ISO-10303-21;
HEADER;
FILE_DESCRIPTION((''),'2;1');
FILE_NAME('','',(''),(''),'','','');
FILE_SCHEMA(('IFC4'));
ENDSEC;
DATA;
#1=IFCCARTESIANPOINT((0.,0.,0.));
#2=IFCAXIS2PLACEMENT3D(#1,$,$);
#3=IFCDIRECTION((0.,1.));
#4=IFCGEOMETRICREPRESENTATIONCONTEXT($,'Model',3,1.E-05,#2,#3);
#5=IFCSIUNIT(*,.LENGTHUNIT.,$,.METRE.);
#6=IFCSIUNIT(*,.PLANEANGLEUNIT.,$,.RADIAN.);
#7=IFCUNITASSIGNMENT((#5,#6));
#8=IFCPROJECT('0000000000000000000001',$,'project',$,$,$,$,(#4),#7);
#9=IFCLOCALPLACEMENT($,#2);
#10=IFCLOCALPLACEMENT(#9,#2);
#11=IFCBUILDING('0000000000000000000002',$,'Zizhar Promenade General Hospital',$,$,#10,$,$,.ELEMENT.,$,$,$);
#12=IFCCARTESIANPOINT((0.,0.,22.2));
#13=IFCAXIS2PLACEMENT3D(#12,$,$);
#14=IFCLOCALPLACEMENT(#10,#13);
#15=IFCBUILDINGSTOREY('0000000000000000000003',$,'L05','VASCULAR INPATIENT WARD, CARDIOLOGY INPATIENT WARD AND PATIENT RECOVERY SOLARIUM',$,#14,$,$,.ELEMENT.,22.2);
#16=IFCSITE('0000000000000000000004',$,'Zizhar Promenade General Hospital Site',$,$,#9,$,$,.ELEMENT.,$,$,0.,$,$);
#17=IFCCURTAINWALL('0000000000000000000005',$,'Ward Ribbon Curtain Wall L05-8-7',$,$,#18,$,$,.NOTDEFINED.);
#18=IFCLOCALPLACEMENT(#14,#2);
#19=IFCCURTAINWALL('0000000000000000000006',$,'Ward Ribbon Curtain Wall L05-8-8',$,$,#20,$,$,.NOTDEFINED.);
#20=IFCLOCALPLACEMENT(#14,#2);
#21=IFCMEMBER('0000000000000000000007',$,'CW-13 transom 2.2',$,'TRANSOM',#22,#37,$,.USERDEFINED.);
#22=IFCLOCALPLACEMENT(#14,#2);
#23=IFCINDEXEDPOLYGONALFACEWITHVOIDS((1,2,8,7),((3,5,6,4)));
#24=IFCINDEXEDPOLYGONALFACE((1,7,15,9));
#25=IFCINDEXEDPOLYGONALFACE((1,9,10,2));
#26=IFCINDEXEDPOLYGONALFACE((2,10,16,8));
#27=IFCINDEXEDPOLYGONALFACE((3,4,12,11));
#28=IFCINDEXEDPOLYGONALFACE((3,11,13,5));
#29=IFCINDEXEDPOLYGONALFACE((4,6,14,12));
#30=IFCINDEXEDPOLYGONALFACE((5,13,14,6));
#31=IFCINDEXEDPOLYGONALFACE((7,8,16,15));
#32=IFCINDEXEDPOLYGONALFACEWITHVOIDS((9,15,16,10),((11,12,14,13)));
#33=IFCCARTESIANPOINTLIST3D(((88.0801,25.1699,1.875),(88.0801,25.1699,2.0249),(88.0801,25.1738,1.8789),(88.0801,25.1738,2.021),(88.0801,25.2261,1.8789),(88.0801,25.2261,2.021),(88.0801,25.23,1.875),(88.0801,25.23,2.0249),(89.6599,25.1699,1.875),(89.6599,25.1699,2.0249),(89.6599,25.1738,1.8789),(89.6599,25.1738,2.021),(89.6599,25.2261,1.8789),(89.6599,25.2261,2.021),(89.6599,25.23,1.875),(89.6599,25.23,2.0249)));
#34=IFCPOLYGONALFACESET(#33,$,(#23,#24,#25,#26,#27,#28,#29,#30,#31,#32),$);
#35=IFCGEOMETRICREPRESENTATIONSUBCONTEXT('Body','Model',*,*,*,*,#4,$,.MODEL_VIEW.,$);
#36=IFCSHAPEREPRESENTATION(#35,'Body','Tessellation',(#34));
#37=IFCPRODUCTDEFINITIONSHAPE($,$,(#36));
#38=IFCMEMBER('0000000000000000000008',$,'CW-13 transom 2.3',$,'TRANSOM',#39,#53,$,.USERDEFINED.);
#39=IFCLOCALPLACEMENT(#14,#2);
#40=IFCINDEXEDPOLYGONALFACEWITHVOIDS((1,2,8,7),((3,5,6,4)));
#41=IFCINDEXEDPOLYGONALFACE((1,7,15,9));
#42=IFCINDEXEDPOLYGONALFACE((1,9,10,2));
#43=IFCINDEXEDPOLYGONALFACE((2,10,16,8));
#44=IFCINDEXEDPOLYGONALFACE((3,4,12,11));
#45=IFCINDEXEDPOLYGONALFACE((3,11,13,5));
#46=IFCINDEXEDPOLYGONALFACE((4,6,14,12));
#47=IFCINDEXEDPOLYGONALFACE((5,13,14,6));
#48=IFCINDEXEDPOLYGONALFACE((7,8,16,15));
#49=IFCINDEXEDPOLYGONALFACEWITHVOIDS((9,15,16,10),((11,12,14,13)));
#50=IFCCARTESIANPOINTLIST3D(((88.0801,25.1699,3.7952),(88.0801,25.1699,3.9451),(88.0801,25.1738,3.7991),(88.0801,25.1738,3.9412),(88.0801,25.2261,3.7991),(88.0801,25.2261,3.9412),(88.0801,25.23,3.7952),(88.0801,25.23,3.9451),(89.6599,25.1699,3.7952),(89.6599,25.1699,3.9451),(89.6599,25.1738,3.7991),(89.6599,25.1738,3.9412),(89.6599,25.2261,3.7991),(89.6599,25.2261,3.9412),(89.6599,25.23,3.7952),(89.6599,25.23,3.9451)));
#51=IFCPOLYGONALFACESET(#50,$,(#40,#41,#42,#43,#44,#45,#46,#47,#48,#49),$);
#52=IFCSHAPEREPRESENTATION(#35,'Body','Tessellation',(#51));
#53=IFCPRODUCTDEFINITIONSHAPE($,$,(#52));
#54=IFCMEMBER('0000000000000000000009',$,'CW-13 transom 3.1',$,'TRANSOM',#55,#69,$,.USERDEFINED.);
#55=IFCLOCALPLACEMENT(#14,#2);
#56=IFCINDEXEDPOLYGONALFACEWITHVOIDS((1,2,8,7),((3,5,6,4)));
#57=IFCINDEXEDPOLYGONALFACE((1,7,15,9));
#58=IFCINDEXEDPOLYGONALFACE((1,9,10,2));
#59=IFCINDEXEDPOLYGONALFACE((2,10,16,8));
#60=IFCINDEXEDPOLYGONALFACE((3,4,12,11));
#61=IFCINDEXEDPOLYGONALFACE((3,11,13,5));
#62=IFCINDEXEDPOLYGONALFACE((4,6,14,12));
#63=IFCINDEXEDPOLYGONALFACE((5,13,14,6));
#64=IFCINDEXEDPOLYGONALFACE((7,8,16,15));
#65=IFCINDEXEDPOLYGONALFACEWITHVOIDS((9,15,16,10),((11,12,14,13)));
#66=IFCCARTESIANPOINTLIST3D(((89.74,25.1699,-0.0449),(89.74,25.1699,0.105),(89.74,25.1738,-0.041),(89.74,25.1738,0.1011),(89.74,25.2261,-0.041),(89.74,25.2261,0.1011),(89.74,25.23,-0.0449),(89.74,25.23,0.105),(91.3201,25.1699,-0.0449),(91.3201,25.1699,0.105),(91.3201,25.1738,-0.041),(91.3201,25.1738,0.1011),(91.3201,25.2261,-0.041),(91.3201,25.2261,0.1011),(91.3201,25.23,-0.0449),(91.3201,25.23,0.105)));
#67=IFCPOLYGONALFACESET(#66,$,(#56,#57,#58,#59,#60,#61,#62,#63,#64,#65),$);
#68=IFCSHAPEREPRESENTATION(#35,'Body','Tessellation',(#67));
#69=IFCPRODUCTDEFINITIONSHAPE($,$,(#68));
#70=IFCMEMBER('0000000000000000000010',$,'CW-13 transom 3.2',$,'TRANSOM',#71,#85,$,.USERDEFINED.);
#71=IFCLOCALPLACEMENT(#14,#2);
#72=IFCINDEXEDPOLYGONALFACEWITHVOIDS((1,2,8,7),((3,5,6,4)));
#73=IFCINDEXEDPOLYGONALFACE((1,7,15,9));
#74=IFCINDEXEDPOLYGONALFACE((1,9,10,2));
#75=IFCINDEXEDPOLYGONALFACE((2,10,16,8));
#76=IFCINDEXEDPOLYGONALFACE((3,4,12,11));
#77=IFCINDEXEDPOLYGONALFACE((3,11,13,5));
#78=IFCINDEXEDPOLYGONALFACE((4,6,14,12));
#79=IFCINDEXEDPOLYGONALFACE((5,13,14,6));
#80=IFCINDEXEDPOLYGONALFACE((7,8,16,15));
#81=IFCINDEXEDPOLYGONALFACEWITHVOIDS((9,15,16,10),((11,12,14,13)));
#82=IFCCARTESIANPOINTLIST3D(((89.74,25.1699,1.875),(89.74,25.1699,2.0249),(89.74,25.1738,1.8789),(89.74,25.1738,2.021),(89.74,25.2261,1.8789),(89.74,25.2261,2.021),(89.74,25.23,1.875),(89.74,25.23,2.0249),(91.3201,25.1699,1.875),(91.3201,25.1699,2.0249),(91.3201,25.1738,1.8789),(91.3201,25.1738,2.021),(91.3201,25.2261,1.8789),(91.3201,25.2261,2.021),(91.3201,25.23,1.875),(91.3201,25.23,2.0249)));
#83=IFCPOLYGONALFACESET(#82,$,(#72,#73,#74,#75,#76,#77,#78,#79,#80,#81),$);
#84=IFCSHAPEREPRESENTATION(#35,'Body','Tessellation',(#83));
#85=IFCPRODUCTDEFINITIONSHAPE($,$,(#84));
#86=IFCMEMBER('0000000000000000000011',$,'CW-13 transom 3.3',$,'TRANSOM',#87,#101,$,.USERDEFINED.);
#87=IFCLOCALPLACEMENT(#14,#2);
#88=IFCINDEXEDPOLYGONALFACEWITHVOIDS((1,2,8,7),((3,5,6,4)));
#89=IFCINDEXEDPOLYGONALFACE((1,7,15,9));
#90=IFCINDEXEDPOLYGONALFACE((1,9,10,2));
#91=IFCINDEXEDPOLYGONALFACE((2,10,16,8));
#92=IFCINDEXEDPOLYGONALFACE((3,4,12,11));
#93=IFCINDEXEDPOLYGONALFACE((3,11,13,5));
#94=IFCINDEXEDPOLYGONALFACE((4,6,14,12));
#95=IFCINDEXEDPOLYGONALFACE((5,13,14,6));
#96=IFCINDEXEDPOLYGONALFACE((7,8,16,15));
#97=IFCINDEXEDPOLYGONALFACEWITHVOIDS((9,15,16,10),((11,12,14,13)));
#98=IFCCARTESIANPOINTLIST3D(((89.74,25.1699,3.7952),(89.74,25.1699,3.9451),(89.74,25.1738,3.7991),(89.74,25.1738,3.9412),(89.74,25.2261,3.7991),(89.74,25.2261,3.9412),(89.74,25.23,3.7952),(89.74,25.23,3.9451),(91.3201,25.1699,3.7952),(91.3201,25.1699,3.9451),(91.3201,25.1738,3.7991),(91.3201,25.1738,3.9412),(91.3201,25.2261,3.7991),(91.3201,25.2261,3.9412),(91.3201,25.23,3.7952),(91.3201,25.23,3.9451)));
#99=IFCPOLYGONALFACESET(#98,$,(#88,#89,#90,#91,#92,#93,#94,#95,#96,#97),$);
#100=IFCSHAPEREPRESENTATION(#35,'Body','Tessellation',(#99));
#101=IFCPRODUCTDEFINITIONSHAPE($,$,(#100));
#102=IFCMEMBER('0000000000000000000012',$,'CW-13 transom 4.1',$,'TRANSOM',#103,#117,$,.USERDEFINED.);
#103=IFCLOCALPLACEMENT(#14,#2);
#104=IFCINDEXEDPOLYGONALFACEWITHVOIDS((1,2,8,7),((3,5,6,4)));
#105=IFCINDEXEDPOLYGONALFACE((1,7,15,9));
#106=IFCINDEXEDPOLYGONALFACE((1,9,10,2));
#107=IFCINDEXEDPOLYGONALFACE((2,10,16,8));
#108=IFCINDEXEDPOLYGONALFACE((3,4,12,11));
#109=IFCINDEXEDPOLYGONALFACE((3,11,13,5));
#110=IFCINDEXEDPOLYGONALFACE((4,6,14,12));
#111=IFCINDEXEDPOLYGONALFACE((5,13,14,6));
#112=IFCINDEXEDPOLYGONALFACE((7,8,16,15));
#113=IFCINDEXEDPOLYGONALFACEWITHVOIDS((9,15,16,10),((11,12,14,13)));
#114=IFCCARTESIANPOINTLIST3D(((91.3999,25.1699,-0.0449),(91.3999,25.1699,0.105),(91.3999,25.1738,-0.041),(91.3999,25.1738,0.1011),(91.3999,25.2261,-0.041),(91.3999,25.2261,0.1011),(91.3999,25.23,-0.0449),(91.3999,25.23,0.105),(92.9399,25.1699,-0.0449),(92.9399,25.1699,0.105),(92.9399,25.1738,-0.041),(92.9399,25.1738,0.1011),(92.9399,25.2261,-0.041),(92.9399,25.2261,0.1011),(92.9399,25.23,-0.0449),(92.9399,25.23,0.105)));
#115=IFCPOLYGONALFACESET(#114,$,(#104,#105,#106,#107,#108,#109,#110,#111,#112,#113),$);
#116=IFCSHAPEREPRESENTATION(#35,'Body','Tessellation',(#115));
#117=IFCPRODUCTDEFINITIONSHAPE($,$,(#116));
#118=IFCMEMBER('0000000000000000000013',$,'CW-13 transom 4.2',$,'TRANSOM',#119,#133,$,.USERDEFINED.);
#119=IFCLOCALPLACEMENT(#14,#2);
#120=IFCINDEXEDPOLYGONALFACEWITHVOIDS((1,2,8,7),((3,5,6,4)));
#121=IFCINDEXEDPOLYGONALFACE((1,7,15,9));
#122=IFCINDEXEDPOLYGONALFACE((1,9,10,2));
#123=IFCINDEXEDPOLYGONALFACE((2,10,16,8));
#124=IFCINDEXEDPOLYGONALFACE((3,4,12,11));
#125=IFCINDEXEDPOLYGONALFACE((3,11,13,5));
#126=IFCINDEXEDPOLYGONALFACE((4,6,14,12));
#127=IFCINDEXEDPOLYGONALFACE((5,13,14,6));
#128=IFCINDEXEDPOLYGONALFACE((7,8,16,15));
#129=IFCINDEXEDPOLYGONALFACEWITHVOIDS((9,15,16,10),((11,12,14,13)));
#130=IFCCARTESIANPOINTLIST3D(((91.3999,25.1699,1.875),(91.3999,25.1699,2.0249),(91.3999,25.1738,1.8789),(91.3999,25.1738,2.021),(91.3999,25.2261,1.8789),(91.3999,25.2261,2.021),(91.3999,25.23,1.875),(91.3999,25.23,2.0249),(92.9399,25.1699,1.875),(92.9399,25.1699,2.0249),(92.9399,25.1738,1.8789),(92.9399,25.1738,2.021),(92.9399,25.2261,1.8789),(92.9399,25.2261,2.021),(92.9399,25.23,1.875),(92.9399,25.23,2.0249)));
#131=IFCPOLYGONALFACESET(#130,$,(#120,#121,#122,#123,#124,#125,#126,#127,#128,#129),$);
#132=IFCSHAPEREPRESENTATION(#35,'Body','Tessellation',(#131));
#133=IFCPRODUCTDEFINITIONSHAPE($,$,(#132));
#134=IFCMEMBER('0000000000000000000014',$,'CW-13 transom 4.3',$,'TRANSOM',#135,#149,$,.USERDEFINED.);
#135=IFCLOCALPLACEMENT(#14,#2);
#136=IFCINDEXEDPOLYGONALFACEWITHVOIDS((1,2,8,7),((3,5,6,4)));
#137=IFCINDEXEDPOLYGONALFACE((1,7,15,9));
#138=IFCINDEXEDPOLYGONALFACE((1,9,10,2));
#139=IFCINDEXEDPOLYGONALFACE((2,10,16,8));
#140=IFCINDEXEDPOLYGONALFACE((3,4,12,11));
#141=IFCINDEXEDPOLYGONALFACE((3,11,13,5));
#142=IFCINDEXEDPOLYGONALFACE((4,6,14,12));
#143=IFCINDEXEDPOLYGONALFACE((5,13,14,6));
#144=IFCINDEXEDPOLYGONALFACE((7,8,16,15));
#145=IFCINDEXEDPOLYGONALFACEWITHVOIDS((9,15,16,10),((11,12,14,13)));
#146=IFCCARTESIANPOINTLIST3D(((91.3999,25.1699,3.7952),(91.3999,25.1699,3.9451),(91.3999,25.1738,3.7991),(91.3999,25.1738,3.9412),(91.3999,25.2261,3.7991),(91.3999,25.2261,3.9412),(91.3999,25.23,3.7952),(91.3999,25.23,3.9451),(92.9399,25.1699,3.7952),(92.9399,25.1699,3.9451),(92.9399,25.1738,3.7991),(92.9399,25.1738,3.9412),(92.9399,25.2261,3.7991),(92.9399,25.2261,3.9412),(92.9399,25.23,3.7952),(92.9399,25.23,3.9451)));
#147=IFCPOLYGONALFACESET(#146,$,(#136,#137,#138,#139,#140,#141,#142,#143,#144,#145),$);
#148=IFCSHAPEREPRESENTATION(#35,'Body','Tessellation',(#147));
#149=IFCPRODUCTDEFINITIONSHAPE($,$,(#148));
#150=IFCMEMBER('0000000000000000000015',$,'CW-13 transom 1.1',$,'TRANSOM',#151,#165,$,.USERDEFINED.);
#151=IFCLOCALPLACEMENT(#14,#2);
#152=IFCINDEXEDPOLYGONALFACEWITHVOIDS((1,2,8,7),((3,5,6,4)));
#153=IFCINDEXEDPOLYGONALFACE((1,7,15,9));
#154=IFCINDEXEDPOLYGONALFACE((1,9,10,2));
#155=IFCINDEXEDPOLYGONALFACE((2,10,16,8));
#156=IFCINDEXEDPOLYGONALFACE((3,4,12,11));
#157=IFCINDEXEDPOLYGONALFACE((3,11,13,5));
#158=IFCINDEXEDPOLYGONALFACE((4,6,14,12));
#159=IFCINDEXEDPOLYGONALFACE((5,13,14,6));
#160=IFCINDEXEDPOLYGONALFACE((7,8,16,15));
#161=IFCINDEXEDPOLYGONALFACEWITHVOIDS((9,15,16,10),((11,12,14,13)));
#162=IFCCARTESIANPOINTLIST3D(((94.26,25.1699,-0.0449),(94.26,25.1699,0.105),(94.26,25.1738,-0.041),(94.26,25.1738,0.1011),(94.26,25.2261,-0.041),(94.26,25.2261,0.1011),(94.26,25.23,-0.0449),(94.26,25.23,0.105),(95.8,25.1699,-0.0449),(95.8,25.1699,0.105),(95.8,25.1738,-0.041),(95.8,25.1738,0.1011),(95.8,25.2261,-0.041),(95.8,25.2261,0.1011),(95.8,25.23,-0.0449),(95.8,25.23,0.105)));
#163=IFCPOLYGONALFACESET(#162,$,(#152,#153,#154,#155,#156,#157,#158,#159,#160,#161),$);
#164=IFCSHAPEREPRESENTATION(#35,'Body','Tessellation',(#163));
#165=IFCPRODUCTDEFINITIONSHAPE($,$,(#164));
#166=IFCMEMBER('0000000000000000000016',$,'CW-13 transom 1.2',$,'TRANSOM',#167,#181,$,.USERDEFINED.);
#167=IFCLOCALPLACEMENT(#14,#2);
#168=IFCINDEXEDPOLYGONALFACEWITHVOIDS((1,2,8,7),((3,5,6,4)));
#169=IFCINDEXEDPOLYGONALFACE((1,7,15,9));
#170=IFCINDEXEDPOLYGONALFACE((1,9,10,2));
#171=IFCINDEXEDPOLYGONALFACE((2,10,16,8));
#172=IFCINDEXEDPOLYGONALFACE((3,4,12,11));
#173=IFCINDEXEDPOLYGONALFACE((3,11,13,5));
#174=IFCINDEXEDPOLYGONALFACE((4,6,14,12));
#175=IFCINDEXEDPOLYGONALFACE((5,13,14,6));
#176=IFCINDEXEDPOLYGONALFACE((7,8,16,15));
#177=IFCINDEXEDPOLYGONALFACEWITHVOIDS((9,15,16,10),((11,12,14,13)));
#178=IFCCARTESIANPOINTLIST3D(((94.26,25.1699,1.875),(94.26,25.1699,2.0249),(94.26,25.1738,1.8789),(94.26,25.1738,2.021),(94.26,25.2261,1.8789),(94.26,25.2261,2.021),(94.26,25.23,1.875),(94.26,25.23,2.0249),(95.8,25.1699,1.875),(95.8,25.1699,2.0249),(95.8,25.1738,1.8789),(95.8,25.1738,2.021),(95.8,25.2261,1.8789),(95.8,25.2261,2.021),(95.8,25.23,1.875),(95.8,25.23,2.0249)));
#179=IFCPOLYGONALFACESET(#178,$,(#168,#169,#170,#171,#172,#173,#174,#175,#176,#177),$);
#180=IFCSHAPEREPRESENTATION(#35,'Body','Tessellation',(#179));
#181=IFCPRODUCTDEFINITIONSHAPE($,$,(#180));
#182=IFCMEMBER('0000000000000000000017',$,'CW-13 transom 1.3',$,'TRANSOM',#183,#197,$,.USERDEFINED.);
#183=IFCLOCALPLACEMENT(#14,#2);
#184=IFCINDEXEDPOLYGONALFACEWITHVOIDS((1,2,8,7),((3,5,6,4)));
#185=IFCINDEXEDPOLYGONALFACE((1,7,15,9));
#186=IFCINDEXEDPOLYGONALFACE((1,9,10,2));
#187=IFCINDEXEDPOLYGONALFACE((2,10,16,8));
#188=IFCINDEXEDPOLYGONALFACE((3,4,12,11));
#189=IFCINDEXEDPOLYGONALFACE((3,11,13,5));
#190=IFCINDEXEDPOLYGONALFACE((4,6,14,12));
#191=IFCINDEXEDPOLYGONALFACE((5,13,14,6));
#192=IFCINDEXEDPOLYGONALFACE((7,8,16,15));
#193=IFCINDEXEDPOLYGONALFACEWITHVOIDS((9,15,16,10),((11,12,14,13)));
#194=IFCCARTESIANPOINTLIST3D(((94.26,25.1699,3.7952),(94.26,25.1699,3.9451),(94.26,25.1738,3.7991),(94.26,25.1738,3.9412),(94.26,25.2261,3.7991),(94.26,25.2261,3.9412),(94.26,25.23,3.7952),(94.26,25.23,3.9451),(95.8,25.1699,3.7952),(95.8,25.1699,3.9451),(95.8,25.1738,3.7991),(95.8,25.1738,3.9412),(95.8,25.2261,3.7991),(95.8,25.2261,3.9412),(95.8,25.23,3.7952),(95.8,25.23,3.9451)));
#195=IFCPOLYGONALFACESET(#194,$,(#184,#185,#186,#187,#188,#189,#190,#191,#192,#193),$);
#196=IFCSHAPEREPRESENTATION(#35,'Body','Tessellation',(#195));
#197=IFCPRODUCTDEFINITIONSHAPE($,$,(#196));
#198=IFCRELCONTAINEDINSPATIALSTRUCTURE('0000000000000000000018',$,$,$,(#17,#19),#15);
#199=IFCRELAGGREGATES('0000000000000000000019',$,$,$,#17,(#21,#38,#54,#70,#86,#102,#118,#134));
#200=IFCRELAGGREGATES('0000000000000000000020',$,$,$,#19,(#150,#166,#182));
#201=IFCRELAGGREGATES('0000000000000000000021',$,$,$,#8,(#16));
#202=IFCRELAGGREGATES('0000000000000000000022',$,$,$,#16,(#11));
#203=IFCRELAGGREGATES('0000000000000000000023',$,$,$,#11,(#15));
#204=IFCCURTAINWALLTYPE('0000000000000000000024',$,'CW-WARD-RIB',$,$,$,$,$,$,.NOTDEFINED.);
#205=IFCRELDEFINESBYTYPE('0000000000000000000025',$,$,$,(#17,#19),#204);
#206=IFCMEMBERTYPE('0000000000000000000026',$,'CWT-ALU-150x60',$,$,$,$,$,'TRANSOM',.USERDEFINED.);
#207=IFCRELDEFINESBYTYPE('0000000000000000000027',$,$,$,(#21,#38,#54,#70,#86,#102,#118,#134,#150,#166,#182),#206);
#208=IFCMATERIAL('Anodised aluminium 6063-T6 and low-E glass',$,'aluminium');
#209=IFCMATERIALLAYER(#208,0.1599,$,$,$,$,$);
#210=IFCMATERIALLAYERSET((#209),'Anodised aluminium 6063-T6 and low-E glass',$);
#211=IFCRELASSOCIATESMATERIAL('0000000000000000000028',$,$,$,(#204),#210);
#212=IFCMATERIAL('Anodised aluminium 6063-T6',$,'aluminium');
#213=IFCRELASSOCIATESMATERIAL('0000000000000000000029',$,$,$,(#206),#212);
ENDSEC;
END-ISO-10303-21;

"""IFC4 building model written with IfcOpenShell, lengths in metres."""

from ifc_helpers import new_model, si_unit, direction, frame, origin, origin_2d, place, context, subcontext, project, spatial, hollow_rectangle, extrude, material, layer, layer_set, material_profile, profile_set, type_object, element, aggregate, save


model = new_model("IFC4")

# Units and contexts
model_context = context("Model", 3, precision=1e-05, world=origin(), true_north=direction((0.0, 1.0)))
body_context = subcontext(model_context, "Body", "Model", "MODEL_VIEW")
ifc_project = project(units=[si_unit("LENGTHUNIT", "METRE"), si_unit("PLANEANGLEUNIT", "RADIAN")], contexts=[model_context])

# Site, building, storey
site_placement = place(None, origin())
site = spatial("IfcSite", under=ifc_project, at=site_placement, Name="Zizhar Promenade General Hospital Site", CompositionType="ELEMENT", RefElevation=0.0)
building_placement = place(site_placement, origin())
building = spatial("IfcBuilding", under=site, at=building_placement, Name="Zizhar Promenade General Hospital", CompositionType="ELEMENT")
storey_placement = place(building_placement, frame((0.0, 0.0, 22.2)))
storey = spatial("IfcBuildingStorey", under=building, at=storey_placement, Name="L05", Description="VASCULAR INPATIENT WARD, CARDIOLOGY INPATIENT WARD AND PATIENT RECOVERY SOLARIUM", CompositionType="ELEMENT", Elevation=22.2)

# Curtain wall
ifc_material_1 = material(Name="Anodised aluminium 6063-T6 and low-E glass", Category="aluminium")
ifc_layer_1 = layer(ifc_material_1, 0.1599)
ifc_layer_set_1 = layer_set([ifc_layer_1], Name="Anodised aluminium 6063-T6 and low-E glass")
curtain_wall_type = type_object("IfcCurtainWallType", Name="CW-WARD-RIB", PredefinedType="NOTDEFINED", material=ifc_layer_set_1)
curtain_wall_1_placement = place(storey_placement, origin())
curtain_wall_1 = element("IfcCurtainWall", 1, at=curtain_wall_1_placement, inside=storey, type_object=curtain_wall_type, Name="Ward Ribbon Curtain Wall L05-8-7", PredefinedType="NOTDEFINED")

# Curtain wall
curtain_wall_2_placement = place(storey_placement, origin())
curtain_wall_2 = element("IfcCurtainWall", 2, at=curtain_wall_2_placement, inside=storey, type_object=curtain_wall_type, Name="Ward Ribbon Curtain Wall L05-8-8", PredefinedType="NOTDEFINED")

# Members
ifc_material_2 = material(Name="Anodised aluminium 6063-T6", Category="aluminium")
ifc_material_profile_1 = material_profile(ifc_material_2, hollow_rectangle(XDim=0.0601, YDim=0.1499, WallThickness=0.0039, at=origin_2d()))
ifc_profile_set_1 = profile_set([ifc_material_profile_1], Name="Anodised aluminium 6063-T6")
member_type_1 = type_object("IfcMemberType", Name="CWT-ALU-150x60", ElementType="TRANSOM", PredefinedType="USERDEFINED", material=ifc_profile_set_1)
member_1_placement = place(storey_placement, frame((88.0801, 25.2, 1.95), z_axis=(1.0, 0.0, 0.0), x_axis=(0.0, 1.0, 0.0)))
member_1 = element("IfcMember", 3, at=member_1_placement, type_object=member_type_1, Name="CW-13 transom 2.2", ObjectType="TRANSOM", PredefinedType="USERDEFINED", context=body_context, shape_type="SweptSolid", body=[
    extrude(hollow_rectangle(XDim=0.0601, YDim=0.1499, WallThickness=0.0039, at=origin_2d()), origin(), (0.0, 0.0, 1.0), 1.5798),
])
member_2_placement = place(storey_placement, frame((88.0801, 25.2, 3.8701), z_axis=(1.0, 0.0, 0.0), x_axis=(0.0, 1.0, 0.0)))
member_2 = element("IfcMember", 4, at=member_2_placement, type_object=member_type_1, Name="CW-13 transom 2.3", ObjectType="TRANSOM", PredefinedType="USERDEFINED", context=body_context, shape_type="SweptSolid", body=[
    extrude(hollow_rectangle(XDim=0.0601, YDim=0.1499, WallThickness=0.0039, at=origin_2d()), origin(), (0.0, 0.0, 1.0), 1.5798),
])
member_3_placement = place(storey_placement, frame((89.74, 25.2, 0.03), z_axis=(1.0, 0.0, 0.0), x_axis=(0.0, 1.0, 0.0)))
member_3 = element("IfcMember", 5, at=member_3_placement, type_object=member_type_1, Name="CW-13 transom 3.1", ObjectType="TRANSOM", PredefinedType="USERDEFINED", context=body_context, shape_type="SweptSolid", body=[
    extrude(hollow_rectangle(XDim=0.0601, YDim=0.1499, WallThickness=0.0039, at=origin_2d()), origin(), (0.0, 0.0, 1.0), 1.5801),
])
member_4_placement = place(storey_placement, frame((89.74, 25.2, 1.95), z_axis=(1.0, 0.0, 0.0), x_axis=(0.0, 1.0, 0.0)))
member_4 = element("IfcMember", 6, at=member_4_placement, type_object=member_type_1, Name="CW-13 transom 3.2", ObjectType="TRANSOM", PredefinedType="USERDEFINED", context=body_context, shape_type="SweptSolid", body=[
    extrude(hollow_rectangle(XDim=0.0601, YDim=0.1499, WallThickness=0.0039, at=origin_2d()), origin(), (0.0, 0.0, 1.0), 1.5801),
])
member_5_placement = place(storey_placement, frame((89.74, 25.2, 3.8701), z_axis=(1.0, 0.0, 0.0), x_axis=(0.0, 1.0, 0.0)))
member_5 = element("IfcMember", 7, at=member_5_placement, type_object=member_type_1, Name="CW-13 transom 3.3", ObjectType="TRANSOM", PredefinedType="USERDEFINED", context=body_context, shape_type="SweptSolid", body=[
    extrude(hollow_rectangle(XDim=0.0601, YDim=0.1499, WallThickness=0.0039, at=origin_2d()), origin(), (0.0, 0.0, 1.0), 1.5801),
])
member_6_placement = place(storey_placement, frame((91.3999, 25.2, 0.03), z_axis=(1.0, 0.0, 0.0), x_axis=(0.0, 1.0, 0.0)))
member_6 = element("IfcMember", 8, at=member_6_placement, type_object=member_type_1, Name="CW-13 transom 4.1", ObjectType="TRANSOM", PredefinedType="USERDEFINED", context=body_context, shape_type="SweptSolid", body=[
    extrude(hollow_rectangle(XDim=0.0601, YDim=0.1499, WallThickness=0.0039, at=origin_2d()), origin(), (0.0, 0.0, 1.0), 1.54),
])
member_7_placement = place(storey_placement, frame((91.3999, 25.2, 1.95), z_axis=(1.0, 0.0, 0.0), x_axis=(0.0, 1.0, 0.0)))
member_7 = element("IfcMember", 9, at=member_7_placement, type_object=member_type_1, Name="CW-13 transom 4.2", ObjectType="TRANSOM", PredefinedType="USERDEFINED", context=body_context, shape_type="SweptSolid", body=[
    extrude(hollow_rectangle(XDim=0.0601, YDim=0.1499, WallThickness=0.0039, at=origin_2d()), origin(), (0.0, 0.0, 1.0), 1.54),
])
member_8_placement = place(storey_placement, frame((91.3999, 25.2, 3.8701), z_axis=(1.0, 0.0, 0.0), x_axis=(0.0, 1.0, 0.0)))
member_8 = element("IfcMember", 10, at=member_8_placement, type_object=member_type_1, Name="CW-13 transom 4.3", ObjectType="TRANSOM", PredefinedType="USERDEFINED", context=body_context, shape_type="SweptSolid", body=[
    extrude(hollow_rectangle(XDim=0.0601, YDim=0.1499, WallThickness=0.0039, at=origin_2d()), origin(), (0.0, 0.0, 1.0), 1.54),
])
member_9_placement = place(storey_placement, frame((94.26, 25.2, 0.03), z_axis=(1.0, 0.0, 0.0), x_axis=(0.0, 1.0, 0.0)))
member_9 = element("IfcMember", 11, at=member_9_placement, type_object=member_type_1, Name="CW-13 transom 1.1", ObjectType="TRANSOM", PredefinedType="USERDEFINED", context=body_context, shape_type="SweptSolid", body=[
    extrude(hollow_rectangle(XDim=0.0601, YDim=0.1499, WallThickness=0.0039, at=origin_2d()), origin(), (0.0, 0.0, 1.0), 1.54),
])
member_10_placement = place(storey_placement, frame((94.26, 25.2, 1.95), z_axis=(1.0, 0.0, 0.0), x_axis=(0.0, 1.0, 0.0)))
member_10 = element("IfcMember", 12, at=member_10_placement, type_object=member_type_1, Name="CW-13 transom 1.2", ObjectType="TRANSOM", PredefinedType="USERDEFINED", context=body_context, shape_type="SweptSolid", body=[
    extrude(hollow_rectangle(XDim=0.0601, YDim=0.1499, WallThickness=0.0039, at=origin_2d()), origin(), (0.0, 0.0, 1.0), 1.54),
])
member_11_placement = place(storey_placement, frame((94.26, 25.2, 3.8701), z_axis=(1.0, 0.0, 0.0), x_axis=(0.0, 1.0, 0.0)))
member_11 = element("IfcMember", 13, at=member_11_placement, type_object=member_type_1, Name="CW-13 transom 1.3", ObjectType="TRANSOM", PredefinedType="USERDEFINED", context=body_context, shape_type="SweptSolid", body=[
    extrude(hollow_rectangle(XDim=0.0601, YDim=0.1499, WallThickness=0.0039, at=origin_2d()), origin(), (0.0, 0.0, 1.0), 1.54),
])

aggregate(curtain_wall_1, [member_1, member_2, member_3, member_4, member_5, member_6, member_7, member_8])
aggregate(curtain_wall_2, [member_9, member_10, member_11])

save(model, "model.ifc")
